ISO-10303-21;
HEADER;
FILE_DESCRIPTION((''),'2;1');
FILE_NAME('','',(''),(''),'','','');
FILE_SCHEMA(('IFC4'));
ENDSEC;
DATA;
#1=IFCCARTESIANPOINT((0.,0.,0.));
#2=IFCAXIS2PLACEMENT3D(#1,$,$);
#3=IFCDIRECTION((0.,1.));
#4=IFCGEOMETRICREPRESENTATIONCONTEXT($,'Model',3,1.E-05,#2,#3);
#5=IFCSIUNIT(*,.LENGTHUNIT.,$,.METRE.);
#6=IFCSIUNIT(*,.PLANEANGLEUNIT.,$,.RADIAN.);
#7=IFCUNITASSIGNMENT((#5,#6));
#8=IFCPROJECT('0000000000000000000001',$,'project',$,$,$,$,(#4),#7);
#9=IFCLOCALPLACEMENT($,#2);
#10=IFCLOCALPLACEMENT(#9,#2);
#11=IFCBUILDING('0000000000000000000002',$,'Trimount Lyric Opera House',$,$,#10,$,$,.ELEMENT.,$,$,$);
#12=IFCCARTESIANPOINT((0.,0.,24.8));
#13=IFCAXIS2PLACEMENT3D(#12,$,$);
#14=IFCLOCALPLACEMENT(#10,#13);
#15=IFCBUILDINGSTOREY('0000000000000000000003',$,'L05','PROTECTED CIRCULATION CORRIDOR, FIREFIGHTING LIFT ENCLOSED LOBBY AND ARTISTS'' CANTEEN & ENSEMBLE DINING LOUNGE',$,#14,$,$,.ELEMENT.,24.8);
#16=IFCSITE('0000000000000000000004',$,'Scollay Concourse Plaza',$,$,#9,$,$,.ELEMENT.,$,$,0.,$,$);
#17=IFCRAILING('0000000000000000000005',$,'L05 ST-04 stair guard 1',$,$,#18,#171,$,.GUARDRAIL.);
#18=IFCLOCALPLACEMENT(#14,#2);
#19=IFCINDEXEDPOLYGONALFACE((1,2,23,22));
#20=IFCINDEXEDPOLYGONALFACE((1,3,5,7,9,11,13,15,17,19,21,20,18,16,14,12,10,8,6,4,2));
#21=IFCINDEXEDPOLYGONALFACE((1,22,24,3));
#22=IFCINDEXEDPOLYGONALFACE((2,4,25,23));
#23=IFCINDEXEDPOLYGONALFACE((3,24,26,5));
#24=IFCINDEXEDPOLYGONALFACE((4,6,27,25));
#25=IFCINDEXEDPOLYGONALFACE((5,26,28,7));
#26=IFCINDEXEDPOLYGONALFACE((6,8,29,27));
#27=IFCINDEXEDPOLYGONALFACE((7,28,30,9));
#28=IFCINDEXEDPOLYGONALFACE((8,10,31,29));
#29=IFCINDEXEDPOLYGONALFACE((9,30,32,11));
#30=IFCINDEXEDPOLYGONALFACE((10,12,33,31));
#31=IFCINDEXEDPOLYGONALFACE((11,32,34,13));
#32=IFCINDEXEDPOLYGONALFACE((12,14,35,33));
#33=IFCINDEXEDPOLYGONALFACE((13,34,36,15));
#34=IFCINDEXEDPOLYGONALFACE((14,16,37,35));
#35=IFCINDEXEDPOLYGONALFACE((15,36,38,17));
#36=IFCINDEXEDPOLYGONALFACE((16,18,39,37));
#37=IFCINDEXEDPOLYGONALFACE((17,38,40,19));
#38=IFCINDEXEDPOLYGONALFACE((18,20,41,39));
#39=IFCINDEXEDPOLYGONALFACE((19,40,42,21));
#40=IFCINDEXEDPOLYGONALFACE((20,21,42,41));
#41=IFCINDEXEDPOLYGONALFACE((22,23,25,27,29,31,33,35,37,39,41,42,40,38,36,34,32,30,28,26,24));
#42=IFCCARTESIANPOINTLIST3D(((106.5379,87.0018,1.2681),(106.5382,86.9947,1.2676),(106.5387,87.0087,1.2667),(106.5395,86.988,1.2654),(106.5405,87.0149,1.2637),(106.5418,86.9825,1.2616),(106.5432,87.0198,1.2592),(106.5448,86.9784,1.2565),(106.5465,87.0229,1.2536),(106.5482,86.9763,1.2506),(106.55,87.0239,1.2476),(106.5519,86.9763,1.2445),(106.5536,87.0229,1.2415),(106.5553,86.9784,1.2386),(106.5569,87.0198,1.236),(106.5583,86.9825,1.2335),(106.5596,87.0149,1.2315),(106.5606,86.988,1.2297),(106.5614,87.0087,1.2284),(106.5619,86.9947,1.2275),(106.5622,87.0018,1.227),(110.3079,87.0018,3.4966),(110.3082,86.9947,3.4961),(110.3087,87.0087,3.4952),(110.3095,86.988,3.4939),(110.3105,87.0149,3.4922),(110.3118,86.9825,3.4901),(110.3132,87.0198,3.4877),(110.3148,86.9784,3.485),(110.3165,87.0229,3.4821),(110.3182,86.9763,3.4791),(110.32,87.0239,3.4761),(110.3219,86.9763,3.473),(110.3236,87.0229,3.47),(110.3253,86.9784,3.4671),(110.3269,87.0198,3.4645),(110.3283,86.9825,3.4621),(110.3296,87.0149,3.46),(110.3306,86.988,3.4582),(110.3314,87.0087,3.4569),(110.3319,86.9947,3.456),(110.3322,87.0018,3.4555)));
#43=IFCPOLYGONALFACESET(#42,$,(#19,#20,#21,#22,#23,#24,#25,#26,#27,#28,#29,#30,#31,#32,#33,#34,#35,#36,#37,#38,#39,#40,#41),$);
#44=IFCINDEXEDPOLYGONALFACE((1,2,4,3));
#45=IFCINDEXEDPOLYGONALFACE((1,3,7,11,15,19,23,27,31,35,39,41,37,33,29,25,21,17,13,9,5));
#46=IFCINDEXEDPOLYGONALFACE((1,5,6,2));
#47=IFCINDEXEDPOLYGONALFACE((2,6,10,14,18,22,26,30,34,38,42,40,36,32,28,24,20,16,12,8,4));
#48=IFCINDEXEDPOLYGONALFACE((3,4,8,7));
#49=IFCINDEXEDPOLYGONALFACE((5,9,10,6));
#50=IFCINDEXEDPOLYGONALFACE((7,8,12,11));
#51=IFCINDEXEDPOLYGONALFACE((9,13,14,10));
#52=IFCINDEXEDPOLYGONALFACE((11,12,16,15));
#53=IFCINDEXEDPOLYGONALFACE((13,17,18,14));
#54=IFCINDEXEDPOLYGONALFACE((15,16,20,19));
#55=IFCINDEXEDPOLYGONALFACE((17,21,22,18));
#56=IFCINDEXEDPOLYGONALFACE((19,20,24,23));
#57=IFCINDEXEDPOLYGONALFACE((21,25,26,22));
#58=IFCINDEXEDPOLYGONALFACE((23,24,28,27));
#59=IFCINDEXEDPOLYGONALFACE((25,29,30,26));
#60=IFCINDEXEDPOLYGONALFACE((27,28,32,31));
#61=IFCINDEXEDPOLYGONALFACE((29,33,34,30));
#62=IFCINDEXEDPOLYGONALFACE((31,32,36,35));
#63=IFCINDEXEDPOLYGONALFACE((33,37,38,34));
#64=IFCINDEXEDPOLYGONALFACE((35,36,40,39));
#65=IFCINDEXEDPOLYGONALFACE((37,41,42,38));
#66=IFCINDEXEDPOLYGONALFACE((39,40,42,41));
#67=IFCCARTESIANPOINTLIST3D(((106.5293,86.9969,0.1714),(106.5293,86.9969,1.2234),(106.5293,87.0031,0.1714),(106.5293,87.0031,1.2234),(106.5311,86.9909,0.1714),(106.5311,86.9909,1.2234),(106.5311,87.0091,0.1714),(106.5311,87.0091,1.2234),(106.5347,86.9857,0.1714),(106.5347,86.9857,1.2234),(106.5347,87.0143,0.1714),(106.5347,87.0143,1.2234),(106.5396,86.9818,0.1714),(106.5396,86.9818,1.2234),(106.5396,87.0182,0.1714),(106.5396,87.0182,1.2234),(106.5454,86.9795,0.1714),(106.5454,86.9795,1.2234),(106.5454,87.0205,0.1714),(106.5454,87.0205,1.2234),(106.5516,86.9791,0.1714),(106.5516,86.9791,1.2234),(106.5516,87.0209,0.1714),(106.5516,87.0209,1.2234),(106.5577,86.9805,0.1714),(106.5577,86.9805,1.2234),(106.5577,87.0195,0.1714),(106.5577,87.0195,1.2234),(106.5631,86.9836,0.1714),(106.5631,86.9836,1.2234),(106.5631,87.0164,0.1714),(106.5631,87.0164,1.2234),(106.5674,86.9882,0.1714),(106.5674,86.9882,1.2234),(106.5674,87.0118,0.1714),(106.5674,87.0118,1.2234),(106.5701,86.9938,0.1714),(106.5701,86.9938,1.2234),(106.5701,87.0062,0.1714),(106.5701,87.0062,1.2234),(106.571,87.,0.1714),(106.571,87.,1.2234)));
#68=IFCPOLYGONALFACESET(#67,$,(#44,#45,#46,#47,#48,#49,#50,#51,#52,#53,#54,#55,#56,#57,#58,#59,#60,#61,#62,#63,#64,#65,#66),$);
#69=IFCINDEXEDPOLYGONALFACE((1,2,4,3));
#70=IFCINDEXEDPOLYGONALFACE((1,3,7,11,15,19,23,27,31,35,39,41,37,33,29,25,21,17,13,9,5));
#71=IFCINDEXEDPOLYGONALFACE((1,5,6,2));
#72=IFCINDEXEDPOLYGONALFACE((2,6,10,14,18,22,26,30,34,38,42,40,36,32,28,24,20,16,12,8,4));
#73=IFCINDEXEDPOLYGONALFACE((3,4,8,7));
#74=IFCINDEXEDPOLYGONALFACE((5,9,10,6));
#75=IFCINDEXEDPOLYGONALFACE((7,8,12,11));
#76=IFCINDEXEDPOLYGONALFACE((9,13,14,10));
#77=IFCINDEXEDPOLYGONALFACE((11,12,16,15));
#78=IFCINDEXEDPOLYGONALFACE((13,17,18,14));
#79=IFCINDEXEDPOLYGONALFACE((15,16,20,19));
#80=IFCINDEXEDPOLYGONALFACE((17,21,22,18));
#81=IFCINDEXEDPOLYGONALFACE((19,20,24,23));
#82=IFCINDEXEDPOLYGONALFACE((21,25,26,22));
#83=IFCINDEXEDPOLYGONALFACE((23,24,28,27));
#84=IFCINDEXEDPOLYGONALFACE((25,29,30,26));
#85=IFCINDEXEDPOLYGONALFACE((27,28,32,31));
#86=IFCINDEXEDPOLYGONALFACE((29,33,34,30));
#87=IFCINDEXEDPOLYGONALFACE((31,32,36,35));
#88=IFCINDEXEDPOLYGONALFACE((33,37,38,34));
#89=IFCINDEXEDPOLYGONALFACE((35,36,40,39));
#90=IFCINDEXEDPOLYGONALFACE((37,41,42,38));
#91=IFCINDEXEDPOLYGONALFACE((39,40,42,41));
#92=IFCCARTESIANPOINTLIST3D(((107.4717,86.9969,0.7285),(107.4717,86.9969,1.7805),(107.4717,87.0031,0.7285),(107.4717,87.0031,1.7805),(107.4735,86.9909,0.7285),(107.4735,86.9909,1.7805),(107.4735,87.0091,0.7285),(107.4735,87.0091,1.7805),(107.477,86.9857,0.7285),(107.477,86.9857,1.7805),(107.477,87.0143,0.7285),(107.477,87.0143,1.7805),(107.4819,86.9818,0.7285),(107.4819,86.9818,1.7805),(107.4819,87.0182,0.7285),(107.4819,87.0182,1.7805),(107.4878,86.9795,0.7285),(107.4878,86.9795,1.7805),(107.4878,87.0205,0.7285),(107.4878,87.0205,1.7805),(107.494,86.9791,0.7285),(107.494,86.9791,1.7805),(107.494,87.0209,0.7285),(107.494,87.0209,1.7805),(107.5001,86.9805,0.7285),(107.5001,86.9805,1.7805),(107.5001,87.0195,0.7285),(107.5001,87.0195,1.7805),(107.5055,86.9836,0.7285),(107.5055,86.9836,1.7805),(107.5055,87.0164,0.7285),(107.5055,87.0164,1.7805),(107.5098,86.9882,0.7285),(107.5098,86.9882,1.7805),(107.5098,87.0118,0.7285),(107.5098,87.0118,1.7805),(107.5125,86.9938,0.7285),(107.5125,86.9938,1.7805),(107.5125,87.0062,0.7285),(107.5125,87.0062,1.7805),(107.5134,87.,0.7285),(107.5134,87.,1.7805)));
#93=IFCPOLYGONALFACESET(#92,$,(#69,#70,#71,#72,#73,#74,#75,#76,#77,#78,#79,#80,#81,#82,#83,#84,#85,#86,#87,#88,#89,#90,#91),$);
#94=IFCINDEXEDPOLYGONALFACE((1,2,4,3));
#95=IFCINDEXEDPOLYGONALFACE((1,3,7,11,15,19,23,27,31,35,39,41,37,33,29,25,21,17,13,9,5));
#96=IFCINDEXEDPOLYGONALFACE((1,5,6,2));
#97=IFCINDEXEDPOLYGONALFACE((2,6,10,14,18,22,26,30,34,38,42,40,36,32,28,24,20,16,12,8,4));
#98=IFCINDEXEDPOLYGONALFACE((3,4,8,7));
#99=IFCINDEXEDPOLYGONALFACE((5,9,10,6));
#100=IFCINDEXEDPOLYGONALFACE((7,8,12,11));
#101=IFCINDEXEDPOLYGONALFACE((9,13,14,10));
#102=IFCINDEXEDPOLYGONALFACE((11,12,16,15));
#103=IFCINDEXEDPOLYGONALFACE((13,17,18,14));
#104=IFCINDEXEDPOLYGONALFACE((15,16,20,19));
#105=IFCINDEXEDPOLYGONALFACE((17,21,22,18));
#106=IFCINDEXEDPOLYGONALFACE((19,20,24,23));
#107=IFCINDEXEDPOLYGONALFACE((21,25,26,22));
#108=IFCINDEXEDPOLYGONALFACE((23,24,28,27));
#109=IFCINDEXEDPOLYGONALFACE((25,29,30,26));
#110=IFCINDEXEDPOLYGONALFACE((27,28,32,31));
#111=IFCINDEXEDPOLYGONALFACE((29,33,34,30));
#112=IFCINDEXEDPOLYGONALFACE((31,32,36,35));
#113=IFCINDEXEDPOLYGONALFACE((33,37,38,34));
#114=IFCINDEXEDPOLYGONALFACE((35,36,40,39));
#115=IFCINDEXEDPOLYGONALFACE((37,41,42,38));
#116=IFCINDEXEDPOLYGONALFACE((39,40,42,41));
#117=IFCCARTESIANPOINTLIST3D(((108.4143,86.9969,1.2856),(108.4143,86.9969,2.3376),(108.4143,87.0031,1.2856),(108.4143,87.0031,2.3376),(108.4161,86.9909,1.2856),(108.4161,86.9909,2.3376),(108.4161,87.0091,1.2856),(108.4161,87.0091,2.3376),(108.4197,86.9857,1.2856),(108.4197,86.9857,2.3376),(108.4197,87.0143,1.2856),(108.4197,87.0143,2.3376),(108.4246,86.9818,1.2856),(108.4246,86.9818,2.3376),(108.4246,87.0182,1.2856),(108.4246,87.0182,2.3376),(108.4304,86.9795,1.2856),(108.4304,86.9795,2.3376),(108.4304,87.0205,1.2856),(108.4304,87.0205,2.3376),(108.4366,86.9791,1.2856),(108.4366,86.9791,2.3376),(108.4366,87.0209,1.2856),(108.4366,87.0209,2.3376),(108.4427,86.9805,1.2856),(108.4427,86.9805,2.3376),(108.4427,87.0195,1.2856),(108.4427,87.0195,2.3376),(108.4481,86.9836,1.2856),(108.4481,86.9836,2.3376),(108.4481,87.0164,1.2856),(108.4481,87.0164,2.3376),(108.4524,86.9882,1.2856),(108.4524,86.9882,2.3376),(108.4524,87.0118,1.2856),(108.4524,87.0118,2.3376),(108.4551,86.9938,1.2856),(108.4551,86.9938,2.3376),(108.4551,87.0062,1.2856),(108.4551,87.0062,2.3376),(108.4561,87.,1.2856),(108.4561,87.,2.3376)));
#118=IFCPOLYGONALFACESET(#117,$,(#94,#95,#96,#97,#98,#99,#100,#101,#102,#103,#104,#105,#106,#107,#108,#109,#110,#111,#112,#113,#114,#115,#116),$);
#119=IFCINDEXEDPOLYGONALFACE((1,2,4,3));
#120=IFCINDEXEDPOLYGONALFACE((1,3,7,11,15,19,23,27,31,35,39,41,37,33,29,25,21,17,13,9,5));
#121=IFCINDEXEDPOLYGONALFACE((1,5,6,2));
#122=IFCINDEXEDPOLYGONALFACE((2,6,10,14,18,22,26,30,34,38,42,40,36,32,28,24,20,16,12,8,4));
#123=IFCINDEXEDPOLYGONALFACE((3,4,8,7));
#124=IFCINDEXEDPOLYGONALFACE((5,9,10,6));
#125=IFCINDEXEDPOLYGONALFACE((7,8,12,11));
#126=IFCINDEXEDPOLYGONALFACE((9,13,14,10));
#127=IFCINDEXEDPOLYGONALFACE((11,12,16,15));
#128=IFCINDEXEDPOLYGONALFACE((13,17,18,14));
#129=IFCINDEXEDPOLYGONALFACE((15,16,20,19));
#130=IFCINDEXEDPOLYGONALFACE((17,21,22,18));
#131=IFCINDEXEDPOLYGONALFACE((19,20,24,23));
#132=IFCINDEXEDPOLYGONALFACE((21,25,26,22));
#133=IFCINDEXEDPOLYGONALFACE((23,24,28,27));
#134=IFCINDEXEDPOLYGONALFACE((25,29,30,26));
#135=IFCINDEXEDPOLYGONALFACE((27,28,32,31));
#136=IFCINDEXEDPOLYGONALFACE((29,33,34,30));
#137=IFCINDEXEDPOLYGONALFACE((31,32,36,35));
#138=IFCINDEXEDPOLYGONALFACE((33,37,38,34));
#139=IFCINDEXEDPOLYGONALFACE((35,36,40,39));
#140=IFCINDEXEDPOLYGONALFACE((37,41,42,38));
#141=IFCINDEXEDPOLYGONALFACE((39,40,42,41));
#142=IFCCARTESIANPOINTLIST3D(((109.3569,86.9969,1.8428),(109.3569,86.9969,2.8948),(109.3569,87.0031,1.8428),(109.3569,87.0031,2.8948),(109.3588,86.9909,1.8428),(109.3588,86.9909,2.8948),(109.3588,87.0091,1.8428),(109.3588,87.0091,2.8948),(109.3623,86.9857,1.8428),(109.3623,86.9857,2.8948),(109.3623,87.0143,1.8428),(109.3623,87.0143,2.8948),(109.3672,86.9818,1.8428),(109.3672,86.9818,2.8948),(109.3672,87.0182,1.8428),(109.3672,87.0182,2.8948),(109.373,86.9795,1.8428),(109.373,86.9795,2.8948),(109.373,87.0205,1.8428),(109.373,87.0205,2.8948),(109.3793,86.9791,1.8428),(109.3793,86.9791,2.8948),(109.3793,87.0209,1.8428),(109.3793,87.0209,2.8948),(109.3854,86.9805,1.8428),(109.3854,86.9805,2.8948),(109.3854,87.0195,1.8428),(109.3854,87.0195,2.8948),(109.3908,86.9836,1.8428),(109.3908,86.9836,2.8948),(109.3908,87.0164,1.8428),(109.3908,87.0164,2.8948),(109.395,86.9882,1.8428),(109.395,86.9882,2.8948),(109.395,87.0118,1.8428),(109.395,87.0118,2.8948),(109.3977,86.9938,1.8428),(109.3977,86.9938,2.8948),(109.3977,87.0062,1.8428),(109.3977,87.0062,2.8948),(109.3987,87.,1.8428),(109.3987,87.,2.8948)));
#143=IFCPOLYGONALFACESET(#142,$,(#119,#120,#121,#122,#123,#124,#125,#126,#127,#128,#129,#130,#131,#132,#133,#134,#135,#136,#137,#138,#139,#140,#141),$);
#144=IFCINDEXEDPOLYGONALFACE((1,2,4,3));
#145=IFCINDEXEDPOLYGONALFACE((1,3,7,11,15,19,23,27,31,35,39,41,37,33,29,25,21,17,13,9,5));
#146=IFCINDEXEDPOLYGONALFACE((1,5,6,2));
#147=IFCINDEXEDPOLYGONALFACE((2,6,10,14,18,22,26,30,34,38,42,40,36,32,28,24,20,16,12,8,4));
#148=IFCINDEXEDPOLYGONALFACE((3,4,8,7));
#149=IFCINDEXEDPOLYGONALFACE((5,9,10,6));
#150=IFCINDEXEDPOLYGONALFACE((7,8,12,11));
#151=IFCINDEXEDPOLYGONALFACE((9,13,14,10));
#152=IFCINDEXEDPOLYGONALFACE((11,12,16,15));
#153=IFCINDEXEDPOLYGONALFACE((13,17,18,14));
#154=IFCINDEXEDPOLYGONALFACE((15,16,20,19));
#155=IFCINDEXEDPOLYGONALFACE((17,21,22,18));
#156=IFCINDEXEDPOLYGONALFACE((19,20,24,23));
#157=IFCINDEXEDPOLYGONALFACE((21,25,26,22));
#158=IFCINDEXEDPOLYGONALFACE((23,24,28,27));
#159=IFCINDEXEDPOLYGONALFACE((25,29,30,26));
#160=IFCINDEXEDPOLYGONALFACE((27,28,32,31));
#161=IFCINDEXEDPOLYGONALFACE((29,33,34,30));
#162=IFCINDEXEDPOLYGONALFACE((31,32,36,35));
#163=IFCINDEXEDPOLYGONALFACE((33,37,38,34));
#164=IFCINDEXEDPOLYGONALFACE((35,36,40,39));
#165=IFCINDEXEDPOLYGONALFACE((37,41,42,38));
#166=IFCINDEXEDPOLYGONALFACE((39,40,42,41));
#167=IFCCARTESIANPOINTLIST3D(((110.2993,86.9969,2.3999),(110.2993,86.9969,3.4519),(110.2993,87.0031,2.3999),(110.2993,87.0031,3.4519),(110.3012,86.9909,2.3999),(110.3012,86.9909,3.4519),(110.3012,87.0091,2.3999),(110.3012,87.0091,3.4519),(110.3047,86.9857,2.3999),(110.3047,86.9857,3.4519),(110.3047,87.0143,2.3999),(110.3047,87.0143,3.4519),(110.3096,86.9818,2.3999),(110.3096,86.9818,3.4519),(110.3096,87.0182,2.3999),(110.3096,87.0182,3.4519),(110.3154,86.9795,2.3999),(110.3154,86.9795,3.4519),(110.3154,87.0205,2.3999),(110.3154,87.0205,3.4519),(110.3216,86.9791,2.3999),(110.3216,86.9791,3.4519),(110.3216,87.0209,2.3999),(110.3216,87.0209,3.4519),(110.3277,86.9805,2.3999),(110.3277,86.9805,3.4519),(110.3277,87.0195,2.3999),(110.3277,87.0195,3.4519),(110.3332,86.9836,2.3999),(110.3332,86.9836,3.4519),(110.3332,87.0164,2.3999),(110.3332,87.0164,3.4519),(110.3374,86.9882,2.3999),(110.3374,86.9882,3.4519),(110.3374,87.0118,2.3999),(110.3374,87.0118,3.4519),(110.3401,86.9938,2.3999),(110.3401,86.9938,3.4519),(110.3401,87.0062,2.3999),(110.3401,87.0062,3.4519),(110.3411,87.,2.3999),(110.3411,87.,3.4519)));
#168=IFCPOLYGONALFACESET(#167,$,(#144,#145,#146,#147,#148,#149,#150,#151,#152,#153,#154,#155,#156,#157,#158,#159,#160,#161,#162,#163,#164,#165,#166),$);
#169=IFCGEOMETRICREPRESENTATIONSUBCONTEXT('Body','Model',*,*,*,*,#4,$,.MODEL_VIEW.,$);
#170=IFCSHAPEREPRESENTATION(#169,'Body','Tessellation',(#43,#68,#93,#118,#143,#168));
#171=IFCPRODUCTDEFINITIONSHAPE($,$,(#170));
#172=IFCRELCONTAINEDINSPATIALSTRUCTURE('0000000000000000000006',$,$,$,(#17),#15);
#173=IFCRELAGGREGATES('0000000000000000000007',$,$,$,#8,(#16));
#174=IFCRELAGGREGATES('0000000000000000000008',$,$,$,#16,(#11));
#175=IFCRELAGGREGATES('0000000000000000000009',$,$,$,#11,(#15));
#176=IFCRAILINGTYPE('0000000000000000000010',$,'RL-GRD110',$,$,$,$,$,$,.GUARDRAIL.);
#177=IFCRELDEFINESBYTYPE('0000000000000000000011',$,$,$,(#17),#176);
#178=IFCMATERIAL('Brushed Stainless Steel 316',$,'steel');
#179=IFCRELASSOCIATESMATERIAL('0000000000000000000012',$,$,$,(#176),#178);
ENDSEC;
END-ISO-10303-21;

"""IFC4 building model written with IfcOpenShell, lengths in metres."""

from ifc_helpers import new_model, si_unit, direction, frame, origin, origin_2d, place, context, subcontext, project, spatial, circle, extrude, material, type_object, element, save


model = new_model("IFC4")

# Units and contexts
model_context = context("Model", 3, precision=1e-05, world=origin(), true_north=direction((0.0, 1.0)))
body_context = subcontext(model_context, "Body", "Model", "MODEL_VIEW")
ifc_project = project(units=[si_unit("LENGTHUNIT", "METRE"), si_unit("PLANEANGLEUNIT", "RADIAN")], contexts=[model_context])

# Site, building, storey
site_placement = place(None, origin())
site = spatial("IfcSite", under=ifc_project, at=site_placement, Name="Scollay Concourse Plaza", CompositionType="ELEMENT", RefElevation=0.0)
building_placement = place(site_placement, origin())
building = spatial("IfcBuilding", under=site, at=building_placement, Name="Trimount Lyric Opera House", CompositionType="ELEMENT")
storey_placement = place(building_placement, frame((0.0, 0.0, 24.8)))
storey = spatial("IfcBuildingStorey", under=building, at=storey_placement, Name="L05", Description="PROTECTED CIRCULATION CORRIDOR, FIREFIGHTING LIFT ENCLOSED LOBBY AND ARTISTS' CANTEEN & ENSEMBLE DINING LOUNGE", CompositionType="ELEMENT", Elevation=24.8)

# Railing
ifc_material_1 = material(Name="Brushed Stainless Steel 316", Category="steel")
railing_type_1 = type_object("IfcRailingType", Name="RL-GRD110", PredefinedType="GUARDRAIL", material=ifc_material_1)
railing_1_placement = place(storey_placement, frame((106.55, 87.0, 0.1714)))
element("IfcRailing", 1, at=railing_1_placement, inside=storey, type_object=railing_type_1, Name="L05 ST-04 stair guard 1", PredefinedType="GUARDRAIL", context=body_context, shape_type="SweptSolid", body=[
    extrude(circle(Radius=0.0239, at=origin_2d()), frame((0.0, 0.0, 1.0762), z_axis=(0.860849, 0.0, 0.508861), x_axis=(0.0, 1.0, 0.0)), (0.0, 0.0, 1.0), 4.3794),
    extrude(circle(Radius=0.021, at=origin_2d()), origin(), (0.0, 0.0, 1.0), 1.052),
    extrude(circle(Radius=0.021, at=origin_2d()), frame((0.9424, 0.0, 0.5571)), (0.0, 0.0, 1.0), 1.052),
    extrude(circle(Radius=0.021, at=origin_2d()), frame((1.885, 0.0, 1.1143)), (0.0, 0.0, 1.0), 1.052),
    extrude(circle(Radius=0.021, at=origin_2d()), frame((2.8276, 0.0, 1.6714)), (0.0, 0.0, 1.0), 1.052),
    extrude(circle(Radius=0.021, at=origin_2d()), frame((3.77, 0.0, 2.2285)), (0.0, 0.0, 1.0), 1.052),
])

save(model, "model.ifc")
